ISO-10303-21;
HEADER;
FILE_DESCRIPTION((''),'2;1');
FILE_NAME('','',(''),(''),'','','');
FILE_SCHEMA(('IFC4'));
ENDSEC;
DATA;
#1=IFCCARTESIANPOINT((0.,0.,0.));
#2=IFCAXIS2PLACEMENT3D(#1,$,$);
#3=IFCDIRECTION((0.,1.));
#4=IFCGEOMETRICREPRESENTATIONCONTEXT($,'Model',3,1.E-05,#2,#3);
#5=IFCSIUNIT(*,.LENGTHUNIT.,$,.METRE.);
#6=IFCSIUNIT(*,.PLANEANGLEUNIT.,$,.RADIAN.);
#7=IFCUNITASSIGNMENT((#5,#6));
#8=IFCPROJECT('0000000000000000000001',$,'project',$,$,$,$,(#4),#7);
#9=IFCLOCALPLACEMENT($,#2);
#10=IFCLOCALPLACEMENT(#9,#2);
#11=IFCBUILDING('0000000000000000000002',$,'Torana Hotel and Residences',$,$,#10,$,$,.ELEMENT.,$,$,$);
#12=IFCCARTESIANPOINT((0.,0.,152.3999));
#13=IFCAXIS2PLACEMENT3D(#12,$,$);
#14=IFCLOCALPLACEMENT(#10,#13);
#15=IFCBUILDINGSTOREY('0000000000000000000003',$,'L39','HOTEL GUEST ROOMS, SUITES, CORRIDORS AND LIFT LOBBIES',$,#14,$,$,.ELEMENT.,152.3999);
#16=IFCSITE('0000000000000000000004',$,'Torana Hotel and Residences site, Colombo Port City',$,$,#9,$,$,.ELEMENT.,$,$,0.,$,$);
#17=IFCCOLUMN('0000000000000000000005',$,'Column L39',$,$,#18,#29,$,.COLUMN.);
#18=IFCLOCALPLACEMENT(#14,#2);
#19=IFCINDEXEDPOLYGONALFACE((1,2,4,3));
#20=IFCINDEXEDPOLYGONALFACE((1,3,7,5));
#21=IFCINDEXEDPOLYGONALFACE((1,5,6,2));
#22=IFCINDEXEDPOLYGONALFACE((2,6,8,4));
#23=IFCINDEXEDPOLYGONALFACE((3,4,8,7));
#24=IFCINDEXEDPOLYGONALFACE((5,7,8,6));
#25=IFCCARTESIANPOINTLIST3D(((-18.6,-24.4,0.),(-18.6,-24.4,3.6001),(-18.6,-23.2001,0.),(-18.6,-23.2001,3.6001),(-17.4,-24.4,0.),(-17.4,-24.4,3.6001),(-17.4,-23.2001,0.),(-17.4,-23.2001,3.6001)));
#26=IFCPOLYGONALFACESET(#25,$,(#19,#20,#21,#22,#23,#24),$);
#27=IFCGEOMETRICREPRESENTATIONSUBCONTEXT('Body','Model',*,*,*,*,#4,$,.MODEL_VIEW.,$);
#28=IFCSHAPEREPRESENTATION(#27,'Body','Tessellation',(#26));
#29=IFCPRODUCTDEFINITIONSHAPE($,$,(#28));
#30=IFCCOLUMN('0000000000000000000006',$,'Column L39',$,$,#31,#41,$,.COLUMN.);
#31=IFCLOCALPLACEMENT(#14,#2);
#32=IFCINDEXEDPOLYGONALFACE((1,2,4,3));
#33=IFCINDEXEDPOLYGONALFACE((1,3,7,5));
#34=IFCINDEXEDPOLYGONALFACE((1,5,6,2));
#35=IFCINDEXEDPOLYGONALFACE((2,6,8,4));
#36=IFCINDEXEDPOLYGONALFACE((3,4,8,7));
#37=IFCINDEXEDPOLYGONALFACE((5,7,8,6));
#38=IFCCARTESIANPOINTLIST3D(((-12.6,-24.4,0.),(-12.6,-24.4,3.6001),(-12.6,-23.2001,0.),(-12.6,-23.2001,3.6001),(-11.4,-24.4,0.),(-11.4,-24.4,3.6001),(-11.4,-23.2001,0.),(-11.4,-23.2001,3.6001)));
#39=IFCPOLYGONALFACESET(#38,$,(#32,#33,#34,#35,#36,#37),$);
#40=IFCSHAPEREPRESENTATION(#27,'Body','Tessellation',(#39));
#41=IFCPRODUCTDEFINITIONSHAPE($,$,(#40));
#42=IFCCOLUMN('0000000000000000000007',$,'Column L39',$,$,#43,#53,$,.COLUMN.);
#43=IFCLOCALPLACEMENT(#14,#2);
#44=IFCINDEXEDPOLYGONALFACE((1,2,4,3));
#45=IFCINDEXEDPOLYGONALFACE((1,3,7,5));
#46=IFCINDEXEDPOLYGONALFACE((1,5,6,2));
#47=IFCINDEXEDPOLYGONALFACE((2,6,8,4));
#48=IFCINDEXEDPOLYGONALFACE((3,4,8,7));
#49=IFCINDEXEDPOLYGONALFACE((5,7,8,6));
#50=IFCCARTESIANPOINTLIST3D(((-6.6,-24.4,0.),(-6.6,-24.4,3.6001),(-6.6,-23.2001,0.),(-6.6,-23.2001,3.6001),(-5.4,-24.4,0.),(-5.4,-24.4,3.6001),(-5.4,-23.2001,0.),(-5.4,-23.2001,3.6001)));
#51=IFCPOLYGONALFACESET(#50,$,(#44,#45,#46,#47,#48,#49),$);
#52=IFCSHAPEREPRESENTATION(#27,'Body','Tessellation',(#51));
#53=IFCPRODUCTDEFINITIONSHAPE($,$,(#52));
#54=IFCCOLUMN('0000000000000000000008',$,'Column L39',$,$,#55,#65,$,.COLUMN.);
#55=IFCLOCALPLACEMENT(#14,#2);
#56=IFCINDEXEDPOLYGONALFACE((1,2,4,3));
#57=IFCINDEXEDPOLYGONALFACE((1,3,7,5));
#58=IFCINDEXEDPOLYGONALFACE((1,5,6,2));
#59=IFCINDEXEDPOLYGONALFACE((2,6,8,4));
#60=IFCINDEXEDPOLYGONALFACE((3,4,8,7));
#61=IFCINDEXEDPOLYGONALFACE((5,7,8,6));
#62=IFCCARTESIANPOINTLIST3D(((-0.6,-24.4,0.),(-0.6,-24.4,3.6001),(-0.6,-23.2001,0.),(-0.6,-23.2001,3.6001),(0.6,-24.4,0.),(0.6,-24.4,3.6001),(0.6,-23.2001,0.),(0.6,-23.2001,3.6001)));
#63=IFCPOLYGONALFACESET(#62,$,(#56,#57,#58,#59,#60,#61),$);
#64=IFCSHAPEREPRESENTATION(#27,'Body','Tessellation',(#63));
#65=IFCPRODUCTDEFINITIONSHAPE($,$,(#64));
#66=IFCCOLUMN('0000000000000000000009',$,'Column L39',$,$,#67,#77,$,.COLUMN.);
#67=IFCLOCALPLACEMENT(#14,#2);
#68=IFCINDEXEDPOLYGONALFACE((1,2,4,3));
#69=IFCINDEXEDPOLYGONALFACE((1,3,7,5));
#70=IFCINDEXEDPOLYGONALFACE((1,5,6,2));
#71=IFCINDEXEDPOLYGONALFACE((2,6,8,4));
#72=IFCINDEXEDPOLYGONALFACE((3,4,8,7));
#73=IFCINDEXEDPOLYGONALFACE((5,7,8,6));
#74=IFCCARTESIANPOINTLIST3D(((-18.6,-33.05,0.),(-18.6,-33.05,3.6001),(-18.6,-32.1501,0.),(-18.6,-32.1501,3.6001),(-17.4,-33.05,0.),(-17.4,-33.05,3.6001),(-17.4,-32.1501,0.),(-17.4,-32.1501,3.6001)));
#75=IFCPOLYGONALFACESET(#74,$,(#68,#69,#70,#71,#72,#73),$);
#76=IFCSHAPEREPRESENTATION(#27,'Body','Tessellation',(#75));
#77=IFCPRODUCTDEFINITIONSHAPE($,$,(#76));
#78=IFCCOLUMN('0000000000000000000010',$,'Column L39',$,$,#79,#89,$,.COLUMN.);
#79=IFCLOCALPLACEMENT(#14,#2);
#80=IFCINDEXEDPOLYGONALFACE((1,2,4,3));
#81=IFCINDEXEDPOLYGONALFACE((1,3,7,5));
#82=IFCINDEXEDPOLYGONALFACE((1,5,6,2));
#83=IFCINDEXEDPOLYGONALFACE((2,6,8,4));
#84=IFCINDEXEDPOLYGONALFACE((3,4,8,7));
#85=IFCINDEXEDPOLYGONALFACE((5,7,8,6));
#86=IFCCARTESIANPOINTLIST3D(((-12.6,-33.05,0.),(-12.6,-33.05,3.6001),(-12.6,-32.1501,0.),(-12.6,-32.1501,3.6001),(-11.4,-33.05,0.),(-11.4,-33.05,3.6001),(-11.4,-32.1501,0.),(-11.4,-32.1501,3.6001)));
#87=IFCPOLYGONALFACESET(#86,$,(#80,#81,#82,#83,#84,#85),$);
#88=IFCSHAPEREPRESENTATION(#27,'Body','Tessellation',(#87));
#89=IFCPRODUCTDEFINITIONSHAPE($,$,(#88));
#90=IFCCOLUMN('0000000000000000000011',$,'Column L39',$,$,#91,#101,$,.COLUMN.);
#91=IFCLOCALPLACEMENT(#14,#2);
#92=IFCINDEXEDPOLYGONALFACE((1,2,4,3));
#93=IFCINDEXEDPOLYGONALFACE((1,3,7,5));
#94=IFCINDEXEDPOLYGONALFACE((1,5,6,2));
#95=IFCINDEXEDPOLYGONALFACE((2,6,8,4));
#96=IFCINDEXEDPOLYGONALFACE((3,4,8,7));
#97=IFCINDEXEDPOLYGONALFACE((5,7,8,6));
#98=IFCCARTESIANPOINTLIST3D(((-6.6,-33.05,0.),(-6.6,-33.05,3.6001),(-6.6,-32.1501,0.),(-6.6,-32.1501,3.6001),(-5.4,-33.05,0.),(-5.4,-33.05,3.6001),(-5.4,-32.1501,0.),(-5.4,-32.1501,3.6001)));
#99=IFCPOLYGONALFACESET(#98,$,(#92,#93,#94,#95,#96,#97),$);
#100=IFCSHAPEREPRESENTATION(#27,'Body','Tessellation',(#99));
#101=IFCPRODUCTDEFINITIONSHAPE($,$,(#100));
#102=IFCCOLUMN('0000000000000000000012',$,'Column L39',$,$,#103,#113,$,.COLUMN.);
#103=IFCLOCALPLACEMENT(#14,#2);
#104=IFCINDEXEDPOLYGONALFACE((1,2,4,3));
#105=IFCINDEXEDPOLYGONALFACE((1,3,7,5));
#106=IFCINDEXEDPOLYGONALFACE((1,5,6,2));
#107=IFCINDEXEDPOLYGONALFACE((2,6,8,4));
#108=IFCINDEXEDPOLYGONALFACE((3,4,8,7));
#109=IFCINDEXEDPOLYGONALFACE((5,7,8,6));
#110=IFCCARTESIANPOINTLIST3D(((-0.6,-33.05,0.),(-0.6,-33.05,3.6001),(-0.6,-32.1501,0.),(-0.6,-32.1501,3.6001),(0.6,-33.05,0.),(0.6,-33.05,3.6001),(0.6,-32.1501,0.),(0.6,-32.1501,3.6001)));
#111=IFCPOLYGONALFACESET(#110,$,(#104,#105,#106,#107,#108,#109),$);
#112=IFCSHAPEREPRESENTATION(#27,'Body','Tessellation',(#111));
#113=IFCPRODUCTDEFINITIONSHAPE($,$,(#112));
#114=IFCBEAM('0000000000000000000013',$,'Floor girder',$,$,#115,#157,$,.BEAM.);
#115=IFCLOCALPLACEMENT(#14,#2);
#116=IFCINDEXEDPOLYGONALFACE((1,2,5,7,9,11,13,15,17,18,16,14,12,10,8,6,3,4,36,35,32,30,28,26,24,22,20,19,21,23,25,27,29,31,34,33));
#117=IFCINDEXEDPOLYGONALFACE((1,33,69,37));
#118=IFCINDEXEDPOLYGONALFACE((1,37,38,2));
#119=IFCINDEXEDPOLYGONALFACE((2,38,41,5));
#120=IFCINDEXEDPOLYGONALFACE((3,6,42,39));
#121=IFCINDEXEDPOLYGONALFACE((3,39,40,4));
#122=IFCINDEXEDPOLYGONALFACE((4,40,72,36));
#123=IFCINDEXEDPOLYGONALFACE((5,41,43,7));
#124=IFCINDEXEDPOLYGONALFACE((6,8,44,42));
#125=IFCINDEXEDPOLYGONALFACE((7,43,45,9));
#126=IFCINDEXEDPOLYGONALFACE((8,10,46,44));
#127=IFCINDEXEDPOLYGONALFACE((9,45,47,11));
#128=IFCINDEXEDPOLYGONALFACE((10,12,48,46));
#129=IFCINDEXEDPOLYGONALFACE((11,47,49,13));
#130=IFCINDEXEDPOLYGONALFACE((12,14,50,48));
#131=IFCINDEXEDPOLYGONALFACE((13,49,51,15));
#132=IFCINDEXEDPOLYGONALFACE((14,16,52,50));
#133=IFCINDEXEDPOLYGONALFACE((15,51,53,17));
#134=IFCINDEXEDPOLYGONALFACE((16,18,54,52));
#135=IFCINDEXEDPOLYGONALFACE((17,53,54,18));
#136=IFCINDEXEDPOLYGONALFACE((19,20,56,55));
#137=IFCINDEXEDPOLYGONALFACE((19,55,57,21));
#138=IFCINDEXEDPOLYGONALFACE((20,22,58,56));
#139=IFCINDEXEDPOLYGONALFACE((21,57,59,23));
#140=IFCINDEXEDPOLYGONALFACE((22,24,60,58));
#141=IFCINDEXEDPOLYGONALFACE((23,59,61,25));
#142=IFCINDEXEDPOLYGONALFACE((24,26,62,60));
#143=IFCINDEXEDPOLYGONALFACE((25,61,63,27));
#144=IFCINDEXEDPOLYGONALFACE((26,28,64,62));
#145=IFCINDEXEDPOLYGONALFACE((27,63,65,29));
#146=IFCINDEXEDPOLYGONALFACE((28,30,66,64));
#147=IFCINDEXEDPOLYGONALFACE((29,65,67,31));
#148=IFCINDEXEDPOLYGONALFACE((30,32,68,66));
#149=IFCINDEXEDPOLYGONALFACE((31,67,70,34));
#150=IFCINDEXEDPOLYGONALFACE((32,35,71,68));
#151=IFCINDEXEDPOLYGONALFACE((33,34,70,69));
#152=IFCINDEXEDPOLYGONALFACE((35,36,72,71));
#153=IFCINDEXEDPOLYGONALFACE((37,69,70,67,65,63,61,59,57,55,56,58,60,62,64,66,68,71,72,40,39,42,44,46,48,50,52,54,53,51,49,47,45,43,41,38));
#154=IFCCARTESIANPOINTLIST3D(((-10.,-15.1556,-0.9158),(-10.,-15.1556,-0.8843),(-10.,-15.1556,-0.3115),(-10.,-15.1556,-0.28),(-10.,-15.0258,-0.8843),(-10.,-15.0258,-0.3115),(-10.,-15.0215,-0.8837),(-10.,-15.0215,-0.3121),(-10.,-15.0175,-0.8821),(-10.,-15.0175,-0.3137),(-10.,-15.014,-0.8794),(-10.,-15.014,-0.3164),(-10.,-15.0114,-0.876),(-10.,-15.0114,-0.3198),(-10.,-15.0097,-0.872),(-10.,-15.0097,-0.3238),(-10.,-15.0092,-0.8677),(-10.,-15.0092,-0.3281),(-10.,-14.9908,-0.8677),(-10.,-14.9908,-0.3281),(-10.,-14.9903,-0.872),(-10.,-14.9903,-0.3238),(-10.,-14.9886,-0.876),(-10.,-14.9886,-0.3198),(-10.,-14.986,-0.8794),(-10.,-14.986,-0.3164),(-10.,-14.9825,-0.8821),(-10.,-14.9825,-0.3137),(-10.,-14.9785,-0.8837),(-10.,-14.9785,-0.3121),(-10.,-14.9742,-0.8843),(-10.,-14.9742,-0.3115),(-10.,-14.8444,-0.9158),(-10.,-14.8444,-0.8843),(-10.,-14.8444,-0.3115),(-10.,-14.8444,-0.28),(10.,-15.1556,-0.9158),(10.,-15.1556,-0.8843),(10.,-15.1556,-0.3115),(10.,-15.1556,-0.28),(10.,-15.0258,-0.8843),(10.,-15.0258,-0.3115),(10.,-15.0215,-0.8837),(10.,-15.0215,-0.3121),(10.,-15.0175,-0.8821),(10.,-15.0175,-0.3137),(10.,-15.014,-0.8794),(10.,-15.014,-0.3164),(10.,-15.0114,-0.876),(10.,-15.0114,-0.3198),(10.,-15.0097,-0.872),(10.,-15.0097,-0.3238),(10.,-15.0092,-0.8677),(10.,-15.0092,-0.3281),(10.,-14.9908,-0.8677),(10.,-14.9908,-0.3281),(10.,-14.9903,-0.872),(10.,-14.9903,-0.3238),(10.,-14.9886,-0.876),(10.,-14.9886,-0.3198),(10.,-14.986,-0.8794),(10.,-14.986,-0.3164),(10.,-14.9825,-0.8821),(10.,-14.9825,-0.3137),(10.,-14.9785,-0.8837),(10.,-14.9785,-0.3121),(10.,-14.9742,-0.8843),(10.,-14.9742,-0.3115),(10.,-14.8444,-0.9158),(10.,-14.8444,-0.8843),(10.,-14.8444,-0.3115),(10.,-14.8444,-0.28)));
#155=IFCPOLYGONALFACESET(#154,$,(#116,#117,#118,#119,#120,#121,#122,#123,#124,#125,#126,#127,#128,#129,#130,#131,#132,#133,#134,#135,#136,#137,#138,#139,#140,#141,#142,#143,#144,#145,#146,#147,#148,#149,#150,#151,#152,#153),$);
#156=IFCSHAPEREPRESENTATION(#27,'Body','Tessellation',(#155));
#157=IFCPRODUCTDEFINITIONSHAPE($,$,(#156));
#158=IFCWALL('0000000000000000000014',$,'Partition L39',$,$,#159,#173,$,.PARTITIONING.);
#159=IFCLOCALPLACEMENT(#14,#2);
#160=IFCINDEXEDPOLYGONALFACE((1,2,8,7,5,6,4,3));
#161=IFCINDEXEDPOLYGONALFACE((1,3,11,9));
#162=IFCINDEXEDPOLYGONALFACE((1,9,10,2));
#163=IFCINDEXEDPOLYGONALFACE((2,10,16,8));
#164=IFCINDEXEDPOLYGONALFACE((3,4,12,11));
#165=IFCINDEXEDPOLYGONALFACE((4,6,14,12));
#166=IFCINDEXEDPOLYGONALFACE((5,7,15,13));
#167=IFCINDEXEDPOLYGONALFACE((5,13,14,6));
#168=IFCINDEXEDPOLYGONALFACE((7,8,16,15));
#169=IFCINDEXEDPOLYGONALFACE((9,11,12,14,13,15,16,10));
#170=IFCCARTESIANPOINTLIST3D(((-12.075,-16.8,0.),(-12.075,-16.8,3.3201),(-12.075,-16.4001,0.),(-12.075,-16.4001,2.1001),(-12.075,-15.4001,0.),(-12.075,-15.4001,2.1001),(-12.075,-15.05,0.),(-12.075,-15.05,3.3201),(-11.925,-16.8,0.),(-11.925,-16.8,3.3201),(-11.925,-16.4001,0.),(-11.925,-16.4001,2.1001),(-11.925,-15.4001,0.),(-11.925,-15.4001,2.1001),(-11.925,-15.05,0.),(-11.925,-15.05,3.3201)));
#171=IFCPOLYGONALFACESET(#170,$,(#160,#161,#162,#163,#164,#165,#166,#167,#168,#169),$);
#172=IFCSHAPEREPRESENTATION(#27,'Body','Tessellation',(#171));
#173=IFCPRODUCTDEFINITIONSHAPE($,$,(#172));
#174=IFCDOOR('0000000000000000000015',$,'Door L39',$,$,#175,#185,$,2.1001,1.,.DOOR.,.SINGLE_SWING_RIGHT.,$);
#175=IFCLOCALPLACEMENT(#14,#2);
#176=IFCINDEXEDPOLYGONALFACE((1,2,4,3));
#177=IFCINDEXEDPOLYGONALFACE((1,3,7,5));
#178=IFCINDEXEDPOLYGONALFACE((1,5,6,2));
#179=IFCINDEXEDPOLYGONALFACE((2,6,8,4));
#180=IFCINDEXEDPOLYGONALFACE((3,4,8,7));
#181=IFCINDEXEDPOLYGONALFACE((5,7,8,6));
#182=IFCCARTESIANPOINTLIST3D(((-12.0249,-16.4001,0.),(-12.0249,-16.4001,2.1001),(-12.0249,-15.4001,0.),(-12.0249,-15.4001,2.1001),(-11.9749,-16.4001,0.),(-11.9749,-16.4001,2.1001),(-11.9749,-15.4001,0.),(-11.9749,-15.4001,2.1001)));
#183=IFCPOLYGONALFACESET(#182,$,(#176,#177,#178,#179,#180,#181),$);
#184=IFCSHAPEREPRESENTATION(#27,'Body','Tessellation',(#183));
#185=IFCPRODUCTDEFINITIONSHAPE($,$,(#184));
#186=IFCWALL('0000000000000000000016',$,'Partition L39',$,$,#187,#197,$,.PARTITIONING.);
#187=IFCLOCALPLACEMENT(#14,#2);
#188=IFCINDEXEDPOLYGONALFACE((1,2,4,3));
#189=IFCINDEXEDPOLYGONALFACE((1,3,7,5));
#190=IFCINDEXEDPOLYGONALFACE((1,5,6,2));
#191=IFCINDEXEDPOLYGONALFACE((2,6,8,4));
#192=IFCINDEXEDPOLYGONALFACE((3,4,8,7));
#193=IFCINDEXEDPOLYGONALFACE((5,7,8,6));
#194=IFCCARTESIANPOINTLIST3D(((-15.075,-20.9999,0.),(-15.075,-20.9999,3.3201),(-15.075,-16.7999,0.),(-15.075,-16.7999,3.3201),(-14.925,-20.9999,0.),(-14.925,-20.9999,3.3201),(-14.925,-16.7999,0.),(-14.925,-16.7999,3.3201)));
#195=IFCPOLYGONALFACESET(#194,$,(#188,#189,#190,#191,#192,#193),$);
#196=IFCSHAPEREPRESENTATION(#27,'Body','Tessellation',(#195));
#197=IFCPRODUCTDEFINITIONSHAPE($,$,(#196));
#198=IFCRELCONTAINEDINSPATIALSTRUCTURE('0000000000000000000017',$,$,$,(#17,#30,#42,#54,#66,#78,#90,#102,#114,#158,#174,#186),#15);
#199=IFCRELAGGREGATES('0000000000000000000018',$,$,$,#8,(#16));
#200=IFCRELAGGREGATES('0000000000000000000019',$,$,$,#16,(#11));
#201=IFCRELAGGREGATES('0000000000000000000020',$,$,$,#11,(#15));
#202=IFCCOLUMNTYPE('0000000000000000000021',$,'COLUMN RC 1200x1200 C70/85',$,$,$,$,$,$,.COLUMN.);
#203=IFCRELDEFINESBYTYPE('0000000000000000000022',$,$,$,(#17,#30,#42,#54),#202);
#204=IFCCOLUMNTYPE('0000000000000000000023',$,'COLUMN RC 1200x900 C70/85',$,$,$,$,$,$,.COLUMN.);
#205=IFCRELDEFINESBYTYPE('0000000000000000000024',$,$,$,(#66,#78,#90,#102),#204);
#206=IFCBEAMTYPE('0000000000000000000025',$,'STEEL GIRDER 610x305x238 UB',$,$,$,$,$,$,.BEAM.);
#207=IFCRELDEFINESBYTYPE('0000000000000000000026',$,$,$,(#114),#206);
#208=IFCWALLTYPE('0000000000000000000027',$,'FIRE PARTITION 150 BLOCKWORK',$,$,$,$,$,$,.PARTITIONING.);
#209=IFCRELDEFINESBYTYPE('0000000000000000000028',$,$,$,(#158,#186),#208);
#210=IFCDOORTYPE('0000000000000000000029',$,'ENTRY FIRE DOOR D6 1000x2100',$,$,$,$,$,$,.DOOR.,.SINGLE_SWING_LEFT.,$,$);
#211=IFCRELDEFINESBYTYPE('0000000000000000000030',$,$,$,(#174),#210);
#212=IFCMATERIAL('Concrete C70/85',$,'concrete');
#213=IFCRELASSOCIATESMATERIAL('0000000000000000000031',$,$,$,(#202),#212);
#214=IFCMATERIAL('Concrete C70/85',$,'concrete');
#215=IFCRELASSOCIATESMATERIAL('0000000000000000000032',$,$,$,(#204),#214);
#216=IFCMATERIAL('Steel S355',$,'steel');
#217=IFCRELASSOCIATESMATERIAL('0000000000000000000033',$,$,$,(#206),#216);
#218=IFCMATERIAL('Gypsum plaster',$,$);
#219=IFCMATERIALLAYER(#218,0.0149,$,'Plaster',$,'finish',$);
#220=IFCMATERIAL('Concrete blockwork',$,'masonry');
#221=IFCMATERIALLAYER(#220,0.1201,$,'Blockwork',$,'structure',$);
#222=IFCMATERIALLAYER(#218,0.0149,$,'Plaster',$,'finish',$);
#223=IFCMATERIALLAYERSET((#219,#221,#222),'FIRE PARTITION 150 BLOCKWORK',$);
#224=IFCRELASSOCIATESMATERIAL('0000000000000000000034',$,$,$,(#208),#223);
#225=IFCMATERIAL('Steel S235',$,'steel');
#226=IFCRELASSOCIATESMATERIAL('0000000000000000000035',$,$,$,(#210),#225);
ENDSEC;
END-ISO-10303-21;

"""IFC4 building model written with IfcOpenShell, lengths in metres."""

from ifc_helpers import new_model, si_unit, direction, frame, frame_2d, origin, origin_2d, place, context, subcontext, project, spatial, rectangle, i_section, extrude, material, layer, layer_set, material_profile, profile_set, type_object, element, fill, save


model = new_model("IFC4")

# Units and contexts
model_context = context("Model", 3, precision=1e-05, world=origin(), true_north=direction((0.0, 1.0)))
body_context = subcontext(model_context, "Body", "Model", "MODEL_VIEW")
ifc_project = project(units=[si_unit("LENGTHUNIT", "METRE"), si_unit("PLANEANGLEUNIT", "RADIAN")], contexts=[model_context])

# Site, building, storey
site_placement = place(None, origin())
site = spatial("IfcSite", under=ifc_project, at=site_placement, Name="Torana Hotel and Residences site, Colombo Port City", CompositionType="ELEMENT", RefElevation=0.0)
building_placement = place(site_placement, origin())
building = spatial("IfcBuilding", under=site, at=building_placement, Name="Torana Hotel and Residences", CompositionType="ELEMENT")
storey_placement = place(building_placement, frame((0.0, 0.0, 152.3999)))
storey = spatial("IfcBuildingStorey", under=building, at=storey_placement, Name="L39", Description="HOTEL GUEST ROOMS, SUITES, CORRIDORS AND LIFT LOBBIES", CompositionType="ELEMENT", Elevation=152.3999)

# Columns
ifc_material_1 = material(Name="Concrete C70/85", Category="concrete")
ifc_material_profile_1 = material_profile(ifc_material_1, rectangle(XDim=1.2, YDim=1.2, at=origin_2d()), Name="RC 1200x1200")
ifc_profile_set_1 = profile_set([ifc_material_profile_1], Name="Concrete C70/85")
column_type_1 = type_object("IfcColumnType", Name="COLUMN RC 1200x1200 C70/85", PredefinedType="COLUMN", material=ifc_profile_set_1)
for number, where, z_axis, x_axis, name in (
    (1, (-18.0, -23.8, 0.0), (0.0, 0.0, 1.0), (1.0, 0.0, 0.0), "Column L39"),
    (2, (-12.0, -23.8, 0.0), (0.0, 0.0, 1.0), (1.0, 0.0, 0.0), "Column L39"),
    (3, (-6.0, -23.8, 0.0), (0.0, 0.0, 1.0), (1.0, 0.0, 0.0), "Column L39"),
    (4, (0.0, -23.8, 0.0), (0.0, 0.0, 1.0), (1.0, 0.0, 0.0), "Column L39"),
):
    element("IfcColumn", number, at=place(storey_placement, frame(where, z_axis=z_axis, x_axis=x_axis)), inside=storey, type_object=column_type_1, Name=name, PredefinedType="COLUMN", context=body_context, shape_type="SweptSolid", body=[
        extrude(rectangle(XDim=1.2, YDim=1.2, at=origin_2d()), origin(), (0.0, 0.0, 1.0), 3.6001),
    ])
ifc_material_2 = material(Name="Concrete C70/85", Category="concrete")
ifc_material_profile_2 = material_profile(ifc_material_2, rectangle(XDim=1.2, YDim=0.8999, at=origin_2d()), Name="RC 1200x900")
ifc_profile_set_2 = profile_set([ifc_material_profile_2], Name="Concrete C70/85")
column_type_2 = type_object("IfcColumnType", Name="COLUMN RC 1200x900 C70/85", PredefinedType="COLUMN", material=ifc_profile_set_2)
for number, where, z_axis, x_axis, name in (
    (5, (-18.0, -32.6001, 0.0), (0.0, 0.0, 1.0), (1.0, 0.0, 0.0), "Column L39"),
    (6, (-12.0, -32.6001, 0.0), (0.0, 0.0, 1.0), (1.0, 0.0, 0.0), "Column L39"),
    (7, (-6.0, -32.6001, 0.0), (0.0, 0.0, 1.0), (1.0, 0.0, 0.0), "Column L39"),
    (8, (0.0, -32.6001, 0.0), (0.0, 0.0, 1.0), (1.0, 0.0, 0.0), "Column L39"),
):
    element("IfcColumn", number, at=place(storey_placement, frame(where, z_axis=z_axis, x_axis=x_axis)), inside=storey, type_object=column_type_2, Name=name, PredefinedType="COLUMN", context=body_context, shape_type="SweptSolid", body=[
        extrude(rectangle(XDim=1.2, YDim=0.8999, at=origin_2d()), origin(), (0.0, 0.0, 1.0), 3.6001),
    ])

# Beam
ifc_material_3 = material(Name="Steel S355", Category="steel")
ifc_material_profile_3 = material_profile(ifc_material_3, i_section(OverallWidth=0.3113, OverallDepth=0.6357, WebThickness=0.0183, FlangeThickness=0.0315, FilletRadius=0.0166, at=origin_2d()), Name="610x305x238 UB")
ifc_profile_set_3 = profile_set([ifc_material_profile_3], Name="Steel S355")
beam_type = type_object("IfcBeamType", Name="STEEL GIRDER 610x305x238 UB", PredefinedType="BEAM", material=ifc_profile_set_3)
beam_placement = place(storey_placement, frame((-10.0, -15.0, -0.5979), z_axis=(1.0, 0.0, 0.0), x_axis=(0.0, 1.0, 0.0)))
element("IfcBeam", 9, at=beam_placement, inside=storey, type_object=beam_type, Name="Floor girder", PredefinedType="BEAM", context=body_context, shape_type="SweptSolid", body=[
    extrude(i_section(OverallWidth=0.3113, OverallDepth=0.6357, WebThickness=0.0183, FlangeThickness=0.0315, FilletRadius=0.0166, at=origin_2d()), origin(), (0.0, 0.0, 1.0), 20.0),
])

# Wall, opening, door
ifc_material_4 = material(Name="Gypsum plaster")
ifc_layer_1 = layer(ifc_material_4, 0.0149, Name="Plaster", Category="finish")
ifc_material_5 = material(Name="Concrete blockwork", Category="masonry")
ifc_layer_2 = layer(ifc_material_5, 0.1201, Name="Blockwork", Category="structure")
ifc_layer_3 = layer(ifc_material_4, 0.0149, Name="Plaster", Category="finish")
ifc_layer_set_1 = layer_set([ifc_layer_1, ifc_layer_2, ifc_layer_3], Name="FIRE PARTITION 150 BLOCKWORK")
wall_type_1 = type_object("IfcWallType", Name="FIRE PARTITION 150 BLOCKWORK", PredefinedType="PARTITIONING", material=ifc_layer_set_1)
wall_1_placement = place(storey_placement, frame((-12.0, -16.8, 0.0), z_axis=(0.0, 0.0, 1.0), x_axis=(0.0, 1.0, 0.0)))
wall_1 = element("IfcWall", 10, at=wall_1_placement, inside=storey, type_object=wall_type_1, Name="Partition L39", PredefinedType="PARTITIONING", context=body_context, shape_type="SweptSolid", body=[
    extrude(rectangle(XDim=1.75, YDim=0.1499, at=frame_2d((0.875, 0.0))), origin(), (0.0, 0.0, 1.0), 3.3201),
])
opening_1_placement = place(wall_1_placement, frame((0.3999, 0.0, 0.0)))
opening_1 = element("IfcOpeningElement", 11, at=opening_1_placement, cuts=wall_1, PredefinedType="OPENING", context=body_context, shape_type="SweptSolid", body=[
    extrude(rectangle(XDim=1.0, YDim=2.1001, at=frame_2d((0.5, 1.05))), frame((0.0, 0.085, 0.0), z_axis=(0.0, -1.0, 0.0), x_axis=(1.0, 0.0, 0.0)), (0.0, 0.0, 1.0), 0.1699),
])
ifc_material_6 = material(Name="Steel S235", Category="steel")
door_type_1 = type_object("IfcDoorType", Name="ENTRY FIRE DOOR D6 1000x2100", OperationType="SINGLE_SWING_LEFT", PredefinedType="DOOR", material=ifc_material_6)
door_1_placement = place(opening_1_placement, origin())
door_1 = element("IfcDoor", 12, at=door_1_placement, inside=storey, type_object=door_type_1, Name="Door L39", OperationType="SINGLE_SWING_RIGHT", OverallHeight=2.1001, OverallWidth=1.0, PredefinedType="DOOR", context=body_context, shape_type="SweptSolid", body=[
    extrude(rectangle(XDim=1.0, YDim=2.1001, at=frame_2d((0.5, 1.05))), frame((0.0, 0.0249, 0.0), z_axis=(0.0, -1.0, 0.0), x_axis=(1.0, 0.0, 0.0)), (0.0, 0.0, 1.0), 0.05),
])
fill(opening_1, door_1)

# Wall
wall_2_placement = place(storey_placement, frame((-15.0, -21.0, 0.0), z_axis=(0.0, 0.0, 1.0), x_axis=(0.0, 1.0, 0.0)))
element("IfcWall", 13, at=wall_2_placement, inside=storey, type_object=wall_type_1, Name="Partition L39", PredefinedType="PARTITIONING", context=body_context, shape_type="SweptSolid", body=[
    extrude(rectangle(XDim=4.2, YDim=0.1499, at=frame_2d((2.1001, 0.0))), origin(), (0.0, 0.0, 1.0), 3.3201),
])

save(model, "model.ifc")
